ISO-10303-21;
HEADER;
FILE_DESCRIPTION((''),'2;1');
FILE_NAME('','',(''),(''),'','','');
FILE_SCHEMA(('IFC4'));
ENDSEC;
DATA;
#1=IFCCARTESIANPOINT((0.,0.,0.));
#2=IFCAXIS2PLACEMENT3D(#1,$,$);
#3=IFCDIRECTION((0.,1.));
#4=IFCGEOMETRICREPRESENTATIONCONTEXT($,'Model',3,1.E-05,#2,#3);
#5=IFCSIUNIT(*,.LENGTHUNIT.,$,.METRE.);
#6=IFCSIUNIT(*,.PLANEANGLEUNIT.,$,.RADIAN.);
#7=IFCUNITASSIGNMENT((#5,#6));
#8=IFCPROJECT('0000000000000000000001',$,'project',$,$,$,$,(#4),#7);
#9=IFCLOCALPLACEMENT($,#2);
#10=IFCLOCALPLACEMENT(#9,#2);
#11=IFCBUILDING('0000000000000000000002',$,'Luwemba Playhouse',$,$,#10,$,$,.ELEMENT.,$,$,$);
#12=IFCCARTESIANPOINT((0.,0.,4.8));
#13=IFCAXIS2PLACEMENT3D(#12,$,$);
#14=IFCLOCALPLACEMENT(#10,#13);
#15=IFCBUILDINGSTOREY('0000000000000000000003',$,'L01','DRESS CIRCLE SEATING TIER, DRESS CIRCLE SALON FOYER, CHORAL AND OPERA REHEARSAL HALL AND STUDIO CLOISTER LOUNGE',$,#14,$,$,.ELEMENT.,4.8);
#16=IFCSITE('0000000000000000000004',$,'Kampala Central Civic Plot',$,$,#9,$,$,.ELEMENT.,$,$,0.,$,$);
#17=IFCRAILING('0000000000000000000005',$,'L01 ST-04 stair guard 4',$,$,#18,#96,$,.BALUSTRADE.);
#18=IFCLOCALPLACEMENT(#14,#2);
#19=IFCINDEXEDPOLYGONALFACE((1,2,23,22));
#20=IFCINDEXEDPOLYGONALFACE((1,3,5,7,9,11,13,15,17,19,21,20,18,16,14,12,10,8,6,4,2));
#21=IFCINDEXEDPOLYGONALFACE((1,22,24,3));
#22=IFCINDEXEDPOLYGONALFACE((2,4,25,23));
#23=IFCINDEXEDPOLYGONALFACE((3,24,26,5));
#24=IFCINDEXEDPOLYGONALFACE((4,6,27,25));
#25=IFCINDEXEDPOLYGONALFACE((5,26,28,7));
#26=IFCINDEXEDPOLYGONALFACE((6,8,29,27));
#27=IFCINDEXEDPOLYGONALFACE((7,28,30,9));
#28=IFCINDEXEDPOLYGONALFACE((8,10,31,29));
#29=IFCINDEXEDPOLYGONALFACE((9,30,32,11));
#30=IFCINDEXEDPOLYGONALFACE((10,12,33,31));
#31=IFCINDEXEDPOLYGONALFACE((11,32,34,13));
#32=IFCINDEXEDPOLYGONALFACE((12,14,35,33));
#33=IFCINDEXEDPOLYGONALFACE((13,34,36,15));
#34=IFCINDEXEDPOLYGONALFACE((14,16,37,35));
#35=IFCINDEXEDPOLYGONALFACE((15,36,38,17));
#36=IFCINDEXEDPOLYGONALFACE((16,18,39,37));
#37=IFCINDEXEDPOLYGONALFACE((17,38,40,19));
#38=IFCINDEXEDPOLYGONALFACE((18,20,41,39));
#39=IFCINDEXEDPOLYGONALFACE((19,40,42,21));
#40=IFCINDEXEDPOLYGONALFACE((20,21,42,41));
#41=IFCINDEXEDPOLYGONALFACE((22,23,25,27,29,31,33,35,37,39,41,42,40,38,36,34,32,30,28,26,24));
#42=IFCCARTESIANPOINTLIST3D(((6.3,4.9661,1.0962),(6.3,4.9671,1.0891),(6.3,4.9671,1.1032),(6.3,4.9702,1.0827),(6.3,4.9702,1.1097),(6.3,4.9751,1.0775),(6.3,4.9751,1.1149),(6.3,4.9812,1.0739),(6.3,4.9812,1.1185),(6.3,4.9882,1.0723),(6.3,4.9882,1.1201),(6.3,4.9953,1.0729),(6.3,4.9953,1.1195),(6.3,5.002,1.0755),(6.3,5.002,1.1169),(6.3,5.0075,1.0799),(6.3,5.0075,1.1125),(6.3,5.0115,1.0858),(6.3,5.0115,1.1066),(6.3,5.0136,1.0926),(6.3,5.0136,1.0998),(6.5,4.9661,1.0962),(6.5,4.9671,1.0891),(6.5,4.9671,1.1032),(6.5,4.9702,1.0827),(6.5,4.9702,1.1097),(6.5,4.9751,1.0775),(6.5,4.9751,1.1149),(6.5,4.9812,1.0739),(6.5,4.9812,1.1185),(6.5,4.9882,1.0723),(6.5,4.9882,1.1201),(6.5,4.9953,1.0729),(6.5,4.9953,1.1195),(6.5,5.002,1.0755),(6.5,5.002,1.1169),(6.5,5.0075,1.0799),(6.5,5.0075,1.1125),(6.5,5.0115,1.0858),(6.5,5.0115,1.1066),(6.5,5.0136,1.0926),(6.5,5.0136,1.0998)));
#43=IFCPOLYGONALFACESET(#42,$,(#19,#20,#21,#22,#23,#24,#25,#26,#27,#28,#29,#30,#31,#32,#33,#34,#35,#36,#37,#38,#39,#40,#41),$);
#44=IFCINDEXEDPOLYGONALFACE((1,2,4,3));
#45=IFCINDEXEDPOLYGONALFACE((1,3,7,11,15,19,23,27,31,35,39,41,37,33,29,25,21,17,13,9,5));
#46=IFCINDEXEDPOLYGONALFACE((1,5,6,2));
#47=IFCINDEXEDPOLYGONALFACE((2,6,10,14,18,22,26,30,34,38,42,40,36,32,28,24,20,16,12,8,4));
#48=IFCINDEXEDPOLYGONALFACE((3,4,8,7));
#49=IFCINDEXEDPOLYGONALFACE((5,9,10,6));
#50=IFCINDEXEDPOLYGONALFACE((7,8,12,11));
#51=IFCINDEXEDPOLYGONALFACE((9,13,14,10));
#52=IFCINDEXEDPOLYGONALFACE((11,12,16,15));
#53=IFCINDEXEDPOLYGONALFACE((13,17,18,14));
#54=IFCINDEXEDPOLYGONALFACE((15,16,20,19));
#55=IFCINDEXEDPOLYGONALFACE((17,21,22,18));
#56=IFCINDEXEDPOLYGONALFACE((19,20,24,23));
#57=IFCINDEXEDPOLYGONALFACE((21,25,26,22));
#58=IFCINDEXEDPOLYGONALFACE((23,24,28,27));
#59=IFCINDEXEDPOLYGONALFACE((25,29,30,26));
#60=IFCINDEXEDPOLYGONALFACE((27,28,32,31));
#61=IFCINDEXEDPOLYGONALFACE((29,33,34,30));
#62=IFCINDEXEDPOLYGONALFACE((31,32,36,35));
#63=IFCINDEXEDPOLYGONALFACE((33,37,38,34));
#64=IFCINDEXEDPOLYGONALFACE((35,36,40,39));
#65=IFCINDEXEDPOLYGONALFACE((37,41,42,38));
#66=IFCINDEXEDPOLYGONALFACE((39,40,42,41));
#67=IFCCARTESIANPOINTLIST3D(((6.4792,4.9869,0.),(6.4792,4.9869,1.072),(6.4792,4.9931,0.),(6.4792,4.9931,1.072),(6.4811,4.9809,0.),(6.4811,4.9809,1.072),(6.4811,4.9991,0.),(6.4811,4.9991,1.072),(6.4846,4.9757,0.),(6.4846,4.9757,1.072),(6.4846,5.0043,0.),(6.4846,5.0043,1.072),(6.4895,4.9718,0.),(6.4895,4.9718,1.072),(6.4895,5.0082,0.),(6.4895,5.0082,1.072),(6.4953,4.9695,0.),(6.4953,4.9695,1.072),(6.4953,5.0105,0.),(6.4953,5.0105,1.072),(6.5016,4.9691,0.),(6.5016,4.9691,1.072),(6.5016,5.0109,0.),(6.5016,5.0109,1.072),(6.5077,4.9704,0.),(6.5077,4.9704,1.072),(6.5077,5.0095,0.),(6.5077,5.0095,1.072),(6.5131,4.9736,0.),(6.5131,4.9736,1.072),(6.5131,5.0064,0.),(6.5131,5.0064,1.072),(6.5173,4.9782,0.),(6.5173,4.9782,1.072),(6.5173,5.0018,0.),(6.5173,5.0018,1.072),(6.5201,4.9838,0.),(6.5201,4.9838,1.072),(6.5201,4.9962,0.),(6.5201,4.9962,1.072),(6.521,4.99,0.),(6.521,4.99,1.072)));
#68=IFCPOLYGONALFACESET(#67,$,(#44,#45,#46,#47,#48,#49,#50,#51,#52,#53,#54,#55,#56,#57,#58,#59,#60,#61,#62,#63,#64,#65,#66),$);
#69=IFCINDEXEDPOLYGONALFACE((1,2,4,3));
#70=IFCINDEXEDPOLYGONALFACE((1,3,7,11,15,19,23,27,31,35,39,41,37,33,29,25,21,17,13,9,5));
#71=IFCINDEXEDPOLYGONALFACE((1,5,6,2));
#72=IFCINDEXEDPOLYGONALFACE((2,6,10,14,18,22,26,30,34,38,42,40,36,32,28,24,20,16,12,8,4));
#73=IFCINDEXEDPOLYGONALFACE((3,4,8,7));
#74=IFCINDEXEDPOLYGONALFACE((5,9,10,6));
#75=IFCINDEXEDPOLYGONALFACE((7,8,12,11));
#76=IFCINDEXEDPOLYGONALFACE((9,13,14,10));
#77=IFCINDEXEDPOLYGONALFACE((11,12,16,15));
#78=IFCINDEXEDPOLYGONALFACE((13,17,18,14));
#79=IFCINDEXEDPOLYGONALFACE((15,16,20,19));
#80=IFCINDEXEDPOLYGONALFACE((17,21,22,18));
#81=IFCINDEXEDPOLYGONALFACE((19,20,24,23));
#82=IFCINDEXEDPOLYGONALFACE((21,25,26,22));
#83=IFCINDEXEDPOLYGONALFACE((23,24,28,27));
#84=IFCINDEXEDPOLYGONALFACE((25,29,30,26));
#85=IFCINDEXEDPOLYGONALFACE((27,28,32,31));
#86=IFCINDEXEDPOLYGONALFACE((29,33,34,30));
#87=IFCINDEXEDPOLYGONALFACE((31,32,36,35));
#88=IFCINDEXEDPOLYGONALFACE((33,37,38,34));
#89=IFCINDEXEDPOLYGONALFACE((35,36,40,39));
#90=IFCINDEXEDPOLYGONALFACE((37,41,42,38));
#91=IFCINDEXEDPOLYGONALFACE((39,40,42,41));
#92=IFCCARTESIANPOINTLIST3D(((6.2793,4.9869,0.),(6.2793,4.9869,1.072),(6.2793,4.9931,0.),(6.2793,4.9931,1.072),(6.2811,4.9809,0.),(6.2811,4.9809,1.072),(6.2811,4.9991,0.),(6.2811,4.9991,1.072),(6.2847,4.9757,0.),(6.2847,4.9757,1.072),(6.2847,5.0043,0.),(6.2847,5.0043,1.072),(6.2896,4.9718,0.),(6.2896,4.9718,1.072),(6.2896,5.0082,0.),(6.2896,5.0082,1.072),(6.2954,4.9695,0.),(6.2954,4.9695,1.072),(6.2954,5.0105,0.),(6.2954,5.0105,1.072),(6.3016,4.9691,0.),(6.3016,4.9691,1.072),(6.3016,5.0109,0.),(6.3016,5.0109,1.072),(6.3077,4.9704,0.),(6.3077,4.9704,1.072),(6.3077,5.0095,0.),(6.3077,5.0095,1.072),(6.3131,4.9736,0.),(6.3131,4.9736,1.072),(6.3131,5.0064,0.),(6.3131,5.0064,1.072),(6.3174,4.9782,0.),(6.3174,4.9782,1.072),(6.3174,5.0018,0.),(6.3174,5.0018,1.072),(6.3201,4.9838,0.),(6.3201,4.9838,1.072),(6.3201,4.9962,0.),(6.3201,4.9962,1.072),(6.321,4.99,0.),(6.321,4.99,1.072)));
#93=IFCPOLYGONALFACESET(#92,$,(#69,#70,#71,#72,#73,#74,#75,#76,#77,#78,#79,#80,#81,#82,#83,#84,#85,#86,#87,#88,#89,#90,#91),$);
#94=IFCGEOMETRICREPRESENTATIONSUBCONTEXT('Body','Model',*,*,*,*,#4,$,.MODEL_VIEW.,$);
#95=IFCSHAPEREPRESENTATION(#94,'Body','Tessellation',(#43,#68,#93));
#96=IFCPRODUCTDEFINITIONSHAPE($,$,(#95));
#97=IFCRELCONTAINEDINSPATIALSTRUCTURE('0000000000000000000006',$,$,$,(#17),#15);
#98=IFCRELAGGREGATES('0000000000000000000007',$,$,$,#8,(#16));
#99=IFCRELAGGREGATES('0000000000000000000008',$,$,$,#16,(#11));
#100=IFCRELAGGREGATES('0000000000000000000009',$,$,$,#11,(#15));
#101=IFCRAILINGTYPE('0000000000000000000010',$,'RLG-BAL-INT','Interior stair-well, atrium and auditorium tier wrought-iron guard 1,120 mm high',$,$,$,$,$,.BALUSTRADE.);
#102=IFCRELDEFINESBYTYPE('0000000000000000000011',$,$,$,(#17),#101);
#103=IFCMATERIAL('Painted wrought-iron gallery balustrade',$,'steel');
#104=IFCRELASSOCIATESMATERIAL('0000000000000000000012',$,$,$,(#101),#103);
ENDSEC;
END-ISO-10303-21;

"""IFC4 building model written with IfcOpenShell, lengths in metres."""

from ifc_helpers import new_model, si_unit, direction, frame, origin, origin_2d, place, context, subcontext, project, spatial, circle, extrude, material, type_object, element, save


model = new_model("IFC4")

# Units and contexts
model_context = context("Model", 3, precision=1e-05, world=origin(), true_north=direction((0.0, 1.0)))
body_context = subcontext(model_context, "Body", "Model", "MODEL_VIEW")
ifc_project = project(units=[si_unit("LENGTHUNIT", "METRE"), si_unit("PLANEANGLEUNIT", "RADIAN")], contexts=[model_context])

# Site, building, storey
site_placement = place(None, origin())
site = spatial("IfcSite", under=ifc_project, at=site_placement, Name="Kampala Central Civic Plot", CompositionType="ELEMENT", RefElevation=0.0)
building_placement = place(site_placement, origin())
building = spatial("IfcBuilding", under=site, at=building_placement, Name="Luwemba Playhouse", CompositionType="ELEMENT")
storey_placement = place(building_placement, frame((0.0, 0.0, 4.8)))
storey = spatial("IfcBuildingStorey", under=building, at=storey_placement, Name="L01", Description="DRESS CIRCLE SEATING TIER, DRESS CIRCLE SALON FOYER, CHORAL AND OPERA REHEARSAL HALL AND STUDIO CLOISTER LOUNGE", CompositionType="ELEMENT", Elevation=4.8)

# Railing
ifc_material_1 = material(Name="Painted wrought-iron gallery balustrade", Category="steel")
railing_type_1 = type_object("IfcRailingType", Name="RLG-BAL-INT", Description="Interior stair-well, atrium and auditorium tier wrought-iron guard 1,120 mm high", PredefinedType="BALUSTRADE", material=ifc_material_1)
railing_1_placement = place(storey_placement, frame((6.5, 4.99, 0.0)))
element("IfcRailing", 1, at=railing_1_placement, inside=storey, type_object=railing_type_1, Name="L01 ST-04 stair guard 4", PredefinedType="BALUSTRADE", context=body_context, shape_type="SweptSolid", body=[
    extrude(circle(Radius=0.0239, at=origin_2d()), frame((0.0, 0.0, 1.0962), z_axis=(-1.0, 0.0, 0.0), x_axis=(0.0, -1.0, 0.0)), (0.0, 0.0, 1.0), 0.2),
    extrude(circle(Radius=0.021, at=origin_2d()), origin(), (0.0, 0.0, 1.0), 1.072),
    extrude(circle(Radius=0.021, at=origin_2d()), frame((-0.2, 0.0, 0.0)), (0.0, 0.0, 1.0), 1.072),
])

save(model, "model.ifc")
